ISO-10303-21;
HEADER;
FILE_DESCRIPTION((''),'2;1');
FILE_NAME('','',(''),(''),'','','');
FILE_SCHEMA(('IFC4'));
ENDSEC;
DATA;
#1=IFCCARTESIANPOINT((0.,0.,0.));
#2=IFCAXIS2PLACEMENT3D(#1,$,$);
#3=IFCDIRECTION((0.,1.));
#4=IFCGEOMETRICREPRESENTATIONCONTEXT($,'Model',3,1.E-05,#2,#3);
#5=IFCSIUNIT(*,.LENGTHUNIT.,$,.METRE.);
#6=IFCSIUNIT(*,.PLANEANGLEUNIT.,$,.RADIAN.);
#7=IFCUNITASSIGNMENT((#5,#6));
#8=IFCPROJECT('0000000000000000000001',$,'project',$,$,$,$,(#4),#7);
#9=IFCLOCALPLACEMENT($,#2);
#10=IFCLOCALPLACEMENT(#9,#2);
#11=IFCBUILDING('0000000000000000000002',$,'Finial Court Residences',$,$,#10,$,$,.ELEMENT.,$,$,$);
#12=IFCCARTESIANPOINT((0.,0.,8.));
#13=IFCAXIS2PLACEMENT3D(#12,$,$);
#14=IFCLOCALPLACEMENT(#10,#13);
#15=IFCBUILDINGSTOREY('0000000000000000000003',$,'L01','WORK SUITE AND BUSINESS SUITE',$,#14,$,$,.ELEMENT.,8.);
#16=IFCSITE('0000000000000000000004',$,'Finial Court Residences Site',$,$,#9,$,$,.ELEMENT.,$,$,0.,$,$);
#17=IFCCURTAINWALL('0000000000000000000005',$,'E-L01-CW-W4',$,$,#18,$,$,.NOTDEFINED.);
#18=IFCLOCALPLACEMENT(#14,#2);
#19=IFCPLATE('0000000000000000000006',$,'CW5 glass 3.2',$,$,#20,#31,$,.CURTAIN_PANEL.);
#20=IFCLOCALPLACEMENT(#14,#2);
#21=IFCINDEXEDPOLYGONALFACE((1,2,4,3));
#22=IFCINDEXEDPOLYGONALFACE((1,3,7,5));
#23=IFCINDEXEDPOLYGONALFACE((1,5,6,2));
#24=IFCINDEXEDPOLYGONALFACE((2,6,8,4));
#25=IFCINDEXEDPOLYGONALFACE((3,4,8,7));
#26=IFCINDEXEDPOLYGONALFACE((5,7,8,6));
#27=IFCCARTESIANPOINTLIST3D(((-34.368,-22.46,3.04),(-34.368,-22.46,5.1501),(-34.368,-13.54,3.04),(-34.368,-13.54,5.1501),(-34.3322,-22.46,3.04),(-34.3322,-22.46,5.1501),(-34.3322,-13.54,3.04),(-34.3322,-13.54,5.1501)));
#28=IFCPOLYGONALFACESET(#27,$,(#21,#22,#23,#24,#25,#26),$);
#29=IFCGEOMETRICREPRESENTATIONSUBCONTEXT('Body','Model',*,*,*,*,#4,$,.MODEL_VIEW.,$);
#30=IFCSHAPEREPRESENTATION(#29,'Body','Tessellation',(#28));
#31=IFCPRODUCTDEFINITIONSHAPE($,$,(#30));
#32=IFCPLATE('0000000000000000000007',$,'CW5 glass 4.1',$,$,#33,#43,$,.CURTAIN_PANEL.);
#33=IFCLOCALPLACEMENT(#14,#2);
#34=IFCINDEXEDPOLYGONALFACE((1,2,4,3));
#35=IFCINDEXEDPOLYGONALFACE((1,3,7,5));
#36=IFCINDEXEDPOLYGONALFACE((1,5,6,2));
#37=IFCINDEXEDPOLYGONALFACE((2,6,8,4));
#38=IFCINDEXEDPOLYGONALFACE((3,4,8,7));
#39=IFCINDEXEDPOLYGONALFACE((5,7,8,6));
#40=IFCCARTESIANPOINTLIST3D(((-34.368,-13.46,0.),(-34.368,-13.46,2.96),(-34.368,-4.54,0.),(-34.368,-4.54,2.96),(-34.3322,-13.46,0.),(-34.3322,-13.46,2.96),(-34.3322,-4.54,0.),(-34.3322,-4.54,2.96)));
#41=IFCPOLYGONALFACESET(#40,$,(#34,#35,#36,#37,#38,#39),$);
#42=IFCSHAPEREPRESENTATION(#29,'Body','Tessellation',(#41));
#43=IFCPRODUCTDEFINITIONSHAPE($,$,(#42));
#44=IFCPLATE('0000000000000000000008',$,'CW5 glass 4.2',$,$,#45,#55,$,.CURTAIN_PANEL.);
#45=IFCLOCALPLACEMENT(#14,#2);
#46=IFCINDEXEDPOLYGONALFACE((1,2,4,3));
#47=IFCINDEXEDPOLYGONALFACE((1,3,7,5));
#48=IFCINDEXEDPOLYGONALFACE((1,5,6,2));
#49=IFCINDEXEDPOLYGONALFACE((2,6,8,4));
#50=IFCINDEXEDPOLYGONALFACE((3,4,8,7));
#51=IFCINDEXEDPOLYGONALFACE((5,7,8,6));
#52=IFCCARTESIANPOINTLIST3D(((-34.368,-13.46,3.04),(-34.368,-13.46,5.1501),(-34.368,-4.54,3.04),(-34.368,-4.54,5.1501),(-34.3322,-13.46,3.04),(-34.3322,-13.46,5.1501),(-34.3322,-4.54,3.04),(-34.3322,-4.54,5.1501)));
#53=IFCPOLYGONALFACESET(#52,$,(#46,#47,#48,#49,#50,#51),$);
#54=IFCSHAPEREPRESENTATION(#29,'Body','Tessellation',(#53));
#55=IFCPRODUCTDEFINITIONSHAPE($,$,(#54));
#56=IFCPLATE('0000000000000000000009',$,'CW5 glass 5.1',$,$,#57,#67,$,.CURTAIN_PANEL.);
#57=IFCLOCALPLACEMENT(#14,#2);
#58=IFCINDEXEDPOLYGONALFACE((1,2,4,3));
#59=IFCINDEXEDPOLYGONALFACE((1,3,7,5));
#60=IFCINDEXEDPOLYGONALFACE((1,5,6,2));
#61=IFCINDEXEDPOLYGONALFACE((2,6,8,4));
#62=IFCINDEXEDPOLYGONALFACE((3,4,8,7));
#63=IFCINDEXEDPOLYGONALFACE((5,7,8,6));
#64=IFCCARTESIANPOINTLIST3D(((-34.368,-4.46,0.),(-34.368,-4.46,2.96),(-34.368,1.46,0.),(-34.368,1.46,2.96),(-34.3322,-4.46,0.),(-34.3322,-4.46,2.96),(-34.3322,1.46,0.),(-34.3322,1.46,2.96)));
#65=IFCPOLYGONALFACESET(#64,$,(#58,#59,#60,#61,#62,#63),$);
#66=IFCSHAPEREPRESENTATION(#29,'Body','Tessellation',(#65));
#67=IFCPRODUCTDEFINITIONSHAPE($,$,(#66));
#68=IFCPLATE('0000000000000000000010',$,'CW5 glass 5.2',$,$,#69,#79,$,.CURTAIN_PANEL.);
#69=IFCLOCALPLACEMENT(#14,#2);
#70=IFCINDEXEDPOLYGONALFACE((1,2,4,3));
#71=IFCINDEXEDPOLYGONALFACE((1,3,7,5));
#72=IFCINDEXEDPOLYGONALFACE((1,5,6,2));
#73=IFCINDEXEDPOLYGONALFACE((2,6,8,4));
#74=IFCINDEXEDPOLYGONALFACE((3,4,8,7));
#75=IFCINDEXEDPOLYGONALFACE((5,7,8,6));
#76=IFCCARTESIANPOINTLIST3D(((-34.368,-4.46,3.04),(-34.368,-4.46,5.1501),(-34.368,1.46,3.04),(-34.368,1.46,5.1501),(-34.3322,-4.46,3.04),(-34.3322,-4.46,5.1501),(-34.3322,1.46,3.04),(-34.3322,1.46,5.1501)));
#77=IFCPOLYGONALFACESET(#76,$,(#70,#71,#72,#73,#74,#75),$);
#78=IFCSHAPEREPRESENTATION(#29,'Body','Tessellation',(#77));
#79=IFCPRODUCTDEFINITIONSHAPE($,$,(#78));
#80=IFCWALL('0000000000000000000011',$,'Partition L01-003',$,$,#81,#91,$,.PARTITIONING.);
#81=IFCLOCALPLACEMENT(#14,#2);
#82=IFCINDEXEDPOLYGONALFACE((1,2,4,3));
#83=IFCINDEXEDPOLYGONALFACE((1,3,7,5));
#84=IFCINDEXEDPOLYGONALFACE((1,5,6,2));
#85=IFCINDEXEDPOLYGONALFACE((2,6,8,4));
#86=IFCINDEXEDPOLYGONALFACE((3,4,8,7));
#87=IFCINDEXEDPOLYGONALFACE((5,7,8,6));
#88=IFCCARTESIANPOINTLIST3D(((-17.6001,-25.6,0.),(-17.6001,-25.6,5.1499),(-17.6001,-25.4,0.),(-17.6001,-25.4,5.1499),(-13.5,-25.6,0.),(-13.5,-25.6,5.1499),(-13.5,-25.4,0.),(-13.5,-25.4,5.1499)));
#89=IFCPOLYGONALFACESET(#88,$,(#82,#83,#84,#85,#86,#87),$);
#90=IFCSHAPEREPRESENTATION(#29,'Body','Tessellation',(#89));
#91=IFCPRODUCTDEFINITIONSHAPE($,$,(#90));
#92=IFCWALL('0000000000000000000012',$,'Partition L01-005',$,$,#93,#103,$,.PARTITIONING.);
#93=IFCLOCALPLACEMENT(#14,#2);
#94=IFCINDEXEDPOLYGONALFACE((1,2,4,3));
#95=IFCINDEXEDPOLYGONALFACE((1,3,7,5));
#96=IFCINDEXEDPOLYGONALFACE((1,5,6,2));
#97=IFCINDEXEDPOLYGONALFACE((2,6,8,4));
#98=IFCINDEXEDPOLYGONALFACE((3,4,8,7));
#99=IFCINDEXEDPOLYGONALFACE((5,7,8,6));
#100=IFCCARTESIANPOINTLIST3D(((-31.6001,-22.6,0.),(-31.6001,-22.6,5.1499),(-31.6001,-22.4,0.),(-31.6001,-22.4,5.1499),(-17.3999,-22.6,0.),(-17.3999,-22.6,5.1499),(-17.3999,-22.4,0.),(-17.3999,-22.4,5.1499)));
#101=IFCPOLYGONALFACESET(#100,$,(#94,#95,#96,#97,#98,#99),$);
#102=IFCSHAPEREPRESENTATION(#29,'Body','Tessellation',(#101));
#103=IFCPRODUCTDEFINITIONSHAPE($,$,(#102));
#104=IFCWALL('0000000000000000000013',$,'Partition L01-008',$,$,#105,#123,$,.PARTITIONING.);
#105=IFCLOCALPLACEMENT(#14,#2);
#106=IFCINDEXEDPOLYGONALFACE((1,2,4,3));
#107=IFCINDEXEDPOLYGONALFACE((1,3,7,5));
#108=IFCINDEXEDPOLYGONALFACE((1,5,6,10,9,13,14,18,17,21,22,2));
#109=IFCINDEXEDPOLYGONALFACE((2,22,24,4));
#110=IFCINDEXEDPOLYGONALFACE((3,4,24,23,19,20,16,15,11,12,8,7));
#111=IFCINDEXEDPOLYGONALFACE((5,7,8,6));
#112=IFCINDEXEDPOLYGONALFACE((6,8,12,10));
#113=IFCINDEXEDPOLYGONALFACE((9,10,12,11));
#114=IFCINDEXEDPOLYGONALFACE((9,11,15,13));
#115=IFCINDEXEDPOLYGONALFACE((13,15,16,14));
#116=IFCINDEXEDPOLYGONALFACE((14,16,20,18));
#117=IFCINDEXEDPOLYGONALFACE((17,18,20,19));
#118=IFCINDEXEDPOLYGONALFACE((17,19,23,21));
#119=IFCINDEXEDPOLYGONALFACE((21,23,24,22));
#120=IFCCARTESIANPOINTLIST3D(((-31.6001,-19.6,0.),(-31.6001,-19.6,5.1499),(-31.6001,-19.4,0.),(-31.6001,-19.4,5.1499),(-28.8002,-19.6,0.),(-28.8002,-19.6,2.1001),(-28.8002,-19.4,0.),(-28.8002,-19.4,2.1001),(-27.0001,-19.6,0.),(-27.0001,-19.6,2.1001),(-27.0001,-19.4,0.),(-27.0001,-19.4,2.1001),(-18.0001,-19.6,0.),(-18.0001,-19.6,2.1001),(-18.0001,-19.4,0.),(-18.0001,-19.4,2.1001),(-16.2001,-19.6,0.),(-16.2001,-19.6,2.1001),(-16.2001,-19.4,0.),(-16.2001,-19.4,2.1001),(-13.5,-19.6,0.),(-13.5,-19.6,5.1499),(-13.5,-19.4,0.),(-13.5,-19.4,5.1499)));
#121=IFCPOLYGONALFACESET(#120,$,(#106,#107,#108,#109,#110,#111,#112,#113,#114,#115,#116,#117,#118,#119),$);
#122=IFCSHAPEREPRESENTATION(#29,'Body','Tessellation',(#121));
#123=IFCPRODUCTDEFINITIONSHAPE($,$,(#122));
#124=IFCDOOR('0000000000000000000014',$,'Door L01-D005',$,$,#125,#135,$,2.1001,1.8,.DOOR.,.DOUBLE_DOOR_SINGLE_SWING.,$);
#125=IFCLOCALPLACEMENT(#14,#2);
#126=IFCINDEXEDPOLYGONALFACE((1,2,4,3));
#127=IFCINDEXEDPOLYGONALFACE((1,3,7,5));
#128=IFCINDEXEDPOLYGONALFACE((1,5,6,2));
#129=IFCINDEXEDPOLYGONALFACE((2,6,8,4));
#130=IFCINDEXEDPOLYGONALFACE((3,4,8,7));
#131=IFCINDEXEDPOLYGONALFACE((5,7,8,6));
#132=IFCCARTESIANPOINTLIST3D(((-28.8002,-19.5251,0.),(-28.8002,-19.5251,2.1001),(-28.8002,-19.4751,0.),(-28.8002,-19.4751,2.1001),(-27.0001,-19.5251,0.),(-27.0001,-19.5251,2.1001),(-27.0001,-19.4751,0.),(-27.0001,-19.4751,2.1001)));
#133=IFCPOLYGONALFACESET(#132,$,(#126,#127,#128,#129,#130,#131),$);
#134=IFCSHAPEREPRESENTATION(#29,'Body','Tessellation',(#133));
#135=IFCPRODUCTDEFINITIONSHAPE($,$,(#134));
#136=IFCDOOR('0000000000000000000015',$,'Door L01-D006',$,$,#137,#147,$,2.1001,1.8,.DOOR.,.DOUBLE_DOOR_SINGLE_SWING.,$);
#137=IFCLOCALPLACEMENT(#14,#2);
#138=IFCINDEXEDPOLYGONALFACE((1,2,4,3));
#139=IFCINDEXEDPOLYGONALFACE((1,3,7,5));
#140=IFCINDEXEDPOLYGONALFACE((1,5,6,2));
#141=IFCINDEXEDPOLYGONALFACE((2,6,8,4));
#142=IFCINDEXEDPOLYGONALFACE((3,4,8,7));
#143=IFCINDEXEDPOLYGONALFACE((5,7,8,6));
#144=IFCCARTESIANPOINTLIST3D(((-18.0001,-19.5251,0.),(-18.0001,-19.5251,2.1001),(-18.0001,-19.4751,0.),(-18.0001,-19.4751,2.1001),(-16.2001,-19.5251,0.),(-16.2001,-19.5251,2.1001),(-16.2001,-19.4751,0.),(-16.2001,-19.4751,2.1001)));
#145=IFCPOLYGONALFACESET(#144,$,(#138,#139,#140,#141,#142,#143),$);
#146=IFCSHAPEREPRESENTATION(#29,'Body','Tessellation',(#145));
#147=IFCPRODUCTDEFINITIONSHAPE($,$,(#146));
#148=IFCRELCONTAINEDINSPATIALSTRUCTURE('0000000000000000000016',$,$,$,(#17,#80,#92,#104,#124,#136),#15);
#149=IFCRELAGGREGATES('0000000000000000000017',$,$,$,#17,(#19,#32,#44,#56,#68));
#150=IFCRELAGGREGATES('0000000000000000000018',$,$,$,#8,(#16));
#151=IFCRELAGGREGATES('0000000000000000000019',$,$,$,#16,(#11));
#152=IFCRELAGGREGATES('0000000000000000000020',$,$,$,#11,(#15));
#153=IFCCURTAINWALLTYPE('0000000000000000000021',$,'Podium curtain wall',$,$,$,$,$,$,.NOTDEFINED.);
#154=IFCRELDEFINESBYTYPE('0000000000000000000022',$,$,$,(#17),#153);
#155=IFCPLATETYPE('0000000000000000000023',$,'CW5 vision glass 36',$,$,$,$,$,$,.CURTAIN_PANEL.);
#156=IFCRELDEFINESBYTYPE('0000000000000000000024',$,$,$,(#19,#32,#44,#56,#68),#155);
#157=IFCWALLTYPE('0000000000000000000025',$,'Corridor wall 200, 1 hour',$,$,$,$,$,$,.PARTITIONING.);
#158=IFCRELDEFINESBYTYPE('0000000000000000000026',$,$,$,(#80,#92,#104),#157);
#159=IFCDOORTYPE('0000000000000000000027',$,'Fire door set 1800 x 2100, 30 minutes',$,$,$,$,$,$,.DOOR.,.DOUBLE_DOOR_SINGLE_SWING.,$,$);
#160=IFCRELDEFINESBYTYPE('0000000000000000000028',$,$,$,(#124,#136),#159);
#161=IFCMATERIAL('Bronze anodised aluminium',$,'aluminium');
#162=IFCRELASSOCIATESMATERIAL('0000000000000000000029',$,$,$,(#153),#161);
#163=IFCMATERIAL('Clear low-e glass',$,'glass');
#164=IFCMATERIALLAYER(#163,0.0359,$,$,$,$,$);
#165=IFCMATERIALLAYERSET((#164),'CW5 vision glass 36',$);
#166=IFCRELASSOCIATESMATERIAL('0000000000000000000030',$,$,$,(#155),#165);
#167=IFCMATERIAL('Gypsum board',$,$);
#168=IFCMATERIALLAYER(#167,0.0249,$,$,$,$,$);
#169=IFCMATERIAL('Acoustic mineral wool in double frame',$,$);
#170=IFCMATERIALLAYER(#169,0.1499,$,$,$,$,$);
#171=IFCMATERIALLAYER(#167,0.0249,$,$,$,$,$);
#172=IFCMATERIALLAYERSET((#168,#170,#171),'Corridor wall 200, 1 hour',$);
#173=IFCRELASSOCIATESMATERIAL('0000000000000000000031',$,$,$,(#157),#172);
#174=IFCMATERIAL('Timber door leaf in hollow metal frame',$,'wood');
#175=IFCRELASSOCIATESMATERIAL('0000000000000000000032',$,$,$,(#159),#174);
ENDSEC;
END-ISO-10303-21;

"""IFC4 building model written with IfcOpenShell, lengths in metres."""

from ifc_helpers import new_model, si_unit, direction, frame, frame_2d, origin, origin_2d, place, context, subcontext, project, spatial, rectangle, extrude, material, layer, layer_set, type_object, element, fill, aggregate, save


model = new_model("IFC4")

# Units and contexts
model_context = context("Model", 3, precision=1e-05, world=origin(), true_north=direction((0.0, 1.0)))
body_context = subcontext(model_context, "Body", "Model", "MODEL_VIEW")
ifc_project = project(units=[si_unit("LENGTHUNIT", "METRE"), si_unit("PLANEANGLEUNIT", "RADIAN")], contexts=[model_context])

# Site, building, storey
site_placement = place(None, origin())
site = spatial("IfcSite", under=ifc_project, at=site_placement, Name="Finial Court Residences Site", CompositionType="ELEMENT", RefElevation=0.0)
building_placement = place(site_placement, origin())
building = spatial("IfcBuilding", under=site, at=building_placement, Name="Finial Court Residences", CompositionType="ELEMENT")
storey_placement = place(building_placement, frame((0.0, 0.0, 8.0)))
storey = spatial("IfcBuildingStorey", under=building, at=storey_placement, Name="L01", Description="WORK SUITE AND BUSINESS SUITE", CompositionType="ELEMENT", Elevation=8.0)

# Curtain wall, plates
ifc_material_1 = material(Name="Bronze anodised aluminium", Category="aluminium")
curtain_wall_type = type_object("IfcCurtainWallType", Name="Podium curtain wall", PredefinedType="NOTDEFINED", material=ifc_material_1)
curtain_wall_placement = place(storey_placement, origin())
curtain_wall = element("IfcCurtainWall", 1, at=curtain_wall_placement, inside=storey, type_object=curtain_wall_type, Name="E-L01-CW-W4", PredefinedType="NOTDEFINED")
ifc_material_2 = material(Name="Clear low-e glass", Category="glass")
ifc_layer_1 = layer(ifc_material_2, 0.0359)
ifc_layer_set_1 = layer_set([ifc_layer_1], Name="CW5 vision glass 36")
plate_type = type_object("IfcPlateType", Name="CW5 vision glass 36", PredefinedType="CURTAIN_PANEL", material=ifc_layer_set_1)
plate_1_placement = place(storey_placement, frame((-34.3501, -18.0, 3.04), z_axis=(0.0, 0.0, 1.0), x_axis=(0.0, 1.0, 0.0)))
plate_1 = element("IfcPlate", 2, at=plate_1_placement, type_object=plate_type, Name="CW5 glass 3.2", PredefinedType="CURTAIN_PANEL", context=body_context, shape_type="SweptSolid", body=[
    extrude(rectangle(XDim=8.9199, YDim=0.0359, at=origin_2d()), origin(), (0.0, 0.0, 1.0), 2.1101),
])
plate_2_placement = place(storey_placement, frame((-34.3501, -9.0, 0.0), z_axis=(0.0, 0.0, 1.0), x_axis=(0.0, 1.0, 0.0)))
plate_2 = element("IfcPlate", 3, at=plate_2_placement, type_object=plate_type, Name="CW5 glass 4.1", PredefinedType="CURTAIN_PANEL", context=body_context, shape_type="SweptSolid", body=[
    extrude(rectangle(XDim=8.9199, YDim=0.0359, at=origin_2d()), origin(), (0.0, 0.0, 1.0), 2.96),
])
plate_3_placement = place(storey_placement, frame((-34.3501, -9.0, 3.04), z_axis=(0.0, 0.0, 1.0), x_axis=(0.0, 1.0, 0.0)))
plate_3 = element("IfcPlate", 4, at=plate_3_placement, type_object=plate_type, Name="CW5 glass 4.2", PredefinedType="CURTAIN_PANEL", context=body_context, shape_type="SweptSolid", body=[
    extrude(rectangle(XDim=8.9199, YDim=0.0359, at=origin_2d()), origin(), (0.0, 0.0, 1.0), 2.1101),
])
plate_4_placement = place(storey_placement, frame((-34.3501, -1.5, 0.0), z_axis=(0.0, 0.0, 1.0), x_axis=(0.0, 1.0, 0.0)))
plate_4 = element("IfcPlate", 5, at=plate_4_placement, type_object=plate_type, Name="CW5 glass 5.1", PredefinedType="CURTAIN_PANEL", context=body_context, shape_type="SweptSolid", body=[
    extrude(rectangle(XDim=5.9199, YDim=0.0359, at=origin_2d()), origin(), (0.0, 0.0, 1.0), 2.96),
])
plate_5_placement = place(storey_placement, frame((-34.3501, -1.5, 3.04), z_axis=(0.0, 0.0, 1.0), x_axis=(0.0, 1.0, 0.0)))
plate_5 = element("IfcPlate", 6, at=plate_5_placement, type_object=plate_type, Name="CW5 glass 5.2", PredefinedType="CURTAIN_PANEL", context=body_context, shape_type="SweptSolid", body=[
    extrude(rectangle(XDim=5.9199, YDim=0.0359, at=origin_2d()), origin(), (0.0, 0.0, 1.0), 2.1101),
])
aggregate(curtain_wall, [plate_1, plate_2, plate_3, plate_4, plate_5])

# Walls
ifc_material_3 = material(Name="Gypsum board")
ifc_layer_2 = layer(ifc_material_3, 0.0249)
ifc_material_4 = material(Name="Acoustic mineral wool in double frame")
ifc_layer_3 = layer(ifc_material_4, 0.1499)
ifc_layer_4 = layer(ifc_material_3, 0.0249)
ifc_layer_set_2 = layer_set([ifc_layer_2, ifc_layer_3, ifc_layer_4], Name="Corridor wall 200, 1 hour")
wall_type_1 = type_object("IfcWallType", Name="Corridor wall 200, 1 hour", PredefinedType="PARTITIONING", material=ifc_layer_set_2)
wall_1_placement = place(storey_placement, frame((-17.6001, -25.5, 0.0), z_axis=(0.0, 0.0, 1.0), x_axis=(1.0, 0.0, 0.0)))
element("IfcWall", 7, at=wall_1_placement, inside=storey, type_object=wall_type_1, Name="Partition L01-003", PredefinedType="PARTITIONING", context=body_context, shape_type="SweptSolid", body=[
    extrude(rectangle(XDim=4.1001, YDim=0.2, at=frame_2d((2.05, 0.0))), origin(), (0.0, 0.0, 1.0), 5.1499),
])
wall_2_placement = place(storey_placement, frame((-31.6001, -22.5, 0.0), z_axis=(0.0, 0.0, 1.0), x_axis=(1.0, 0.0, 0.0)))
element("IfcWall", 8, at=wall_2_placement, inside=storey, type_object=wall_type_1, Name="Partition L01-005", PredefinedType="PARTITIONING", context=body_context, shape_type="SweptSolid", body=[
    extrude(rectangle(XDim=14.2002, YDim=0.2, at=frame_2d((7.1001, 0.0))), origin(), (0.0, 0.0, 1.0), 5.1499),
])

# Wall, openings, doors
wall_3_placement = place(storey_placement, frame((-31.6001, -19.5, 0.0), z_axis=(0.0, 0.0, 1.0), x_axis=(1.0, 0.0, 0.0)))
wall_3 = element("IfcWall", 9, at=wall_3_placement, inside=storey, type_object=wall_type_1, Name="Partition L01-008", PredefinedType="PARTITIONING", context=body_context, shape_type="SweptSolid", body=[
    extrude(rectangle(XDim=18.1001, YDim=0.2, at=frame_2d((9.05, 0.0))), origin(), (0.0, 0.0, 1.0), 5.1499),
])
opening_1_placement = place(wall_3_placement, frame((2.8, 0.0, 0.0)))
opening_1 = element("IfcOpeningElement", 10, at=opening_1_placement, cuts=wall_3, PredefinedType="OPENING", context=body_context, shape_type="SweptSolid", body=[
    extrude(rectangle(XDim=1.8, YDim=2.1001, at=frame_2d((0.8999, 1.05))), frame((0.0, 0.1099, 0.0), z_axis=(0.0, -1.0, 0.0), x_axis=(1.0, 0.0, 0.0)), (0.0, 0.0, 1.0), 0.22),
])
opening_2_placement = place(wall_3_placement, frame((13.6001, 0.0, 0.0)))
opening_2 = element("IfcOpeningElement", 11, at=opening_2_placement, cuts=wall_3, PredefinedType="OPENING", context=body_context, shape_type="SweptSolid", body=[
    extrude(rectangle(XDim=1.8, YDim=2.1001, at=frame_2d((0.8999, 1.05))), frame((0.0, 0.1099, 0.0), z_axis=(0.0, -1.0, 0.0), x_axis=(1.0, 0.0, 0.0)), (0.0, 0.0, 1.0), 0.22),
])
ifc_material_5 = material(Name="Timber door leaf in hollow metal frame", Category="wood")
door_type_1 = type_object("IfcDoorType", Name="Fire door set 1800 x 2100, 30 minutes", OperationType="DOUBLE_DOOR_SINGLE_SWING", PredefinedType="DOOR", material=ifc_material_5)
door_1_placement = place(opening_1_placement, origin())
door_1 = element("IfcDoor", 12, at=door_1_placement, inside=storey, type_object=door_type_1, Name="Door L01-D005", OperationType="DOUBLE_DOOR_SINGLE_SWING", OverallHeight=2.1001, OverallWidth=1.8, PredefinedType="DOOR", context=body_context, shape_type="SweptSolid", body=[
    extrude(rectangle(XDim=1.8, YDim=2.1001, at=frame_2d((0.8999, 1.05))), frame((0.0, 0.0249, 0.0), z_axis=(0.0, -1.0, 0.0), x_axis=(1.0, 0.0, 0.0)), (0.0, 0.0, 1.0), 0.05),
])
fill(opening_1, door_1)
door_2_placement = place(opening_2_placement, origin())
door_2 = element("IfcDoor", 13, at=door_2_placement, inside=storey, type_object=door_type_1, Name="Door L01-D006", OperationType="DOUBLE_DOOR_SINGLE_SWING", OverallHeight=2.1001, OverallWidth=1.8, PredefinedType="DOOR", context=body_context, shape_type="SweptSolid", body=[
    extrude(rectangle(XDim=1.8, YDim=2.1001, at=frame_2d((0.8999, 1.05))), frame((0.0, 0.0249, 0.0), z_axis=(0.0, -1.0, 0.0), x_axis=(1.0, 0.0, 0.0)), (0.0, 0.0, 1.0), 0.05),
])
fill(opening_2, door_2)

save(model, "model.ifc")
